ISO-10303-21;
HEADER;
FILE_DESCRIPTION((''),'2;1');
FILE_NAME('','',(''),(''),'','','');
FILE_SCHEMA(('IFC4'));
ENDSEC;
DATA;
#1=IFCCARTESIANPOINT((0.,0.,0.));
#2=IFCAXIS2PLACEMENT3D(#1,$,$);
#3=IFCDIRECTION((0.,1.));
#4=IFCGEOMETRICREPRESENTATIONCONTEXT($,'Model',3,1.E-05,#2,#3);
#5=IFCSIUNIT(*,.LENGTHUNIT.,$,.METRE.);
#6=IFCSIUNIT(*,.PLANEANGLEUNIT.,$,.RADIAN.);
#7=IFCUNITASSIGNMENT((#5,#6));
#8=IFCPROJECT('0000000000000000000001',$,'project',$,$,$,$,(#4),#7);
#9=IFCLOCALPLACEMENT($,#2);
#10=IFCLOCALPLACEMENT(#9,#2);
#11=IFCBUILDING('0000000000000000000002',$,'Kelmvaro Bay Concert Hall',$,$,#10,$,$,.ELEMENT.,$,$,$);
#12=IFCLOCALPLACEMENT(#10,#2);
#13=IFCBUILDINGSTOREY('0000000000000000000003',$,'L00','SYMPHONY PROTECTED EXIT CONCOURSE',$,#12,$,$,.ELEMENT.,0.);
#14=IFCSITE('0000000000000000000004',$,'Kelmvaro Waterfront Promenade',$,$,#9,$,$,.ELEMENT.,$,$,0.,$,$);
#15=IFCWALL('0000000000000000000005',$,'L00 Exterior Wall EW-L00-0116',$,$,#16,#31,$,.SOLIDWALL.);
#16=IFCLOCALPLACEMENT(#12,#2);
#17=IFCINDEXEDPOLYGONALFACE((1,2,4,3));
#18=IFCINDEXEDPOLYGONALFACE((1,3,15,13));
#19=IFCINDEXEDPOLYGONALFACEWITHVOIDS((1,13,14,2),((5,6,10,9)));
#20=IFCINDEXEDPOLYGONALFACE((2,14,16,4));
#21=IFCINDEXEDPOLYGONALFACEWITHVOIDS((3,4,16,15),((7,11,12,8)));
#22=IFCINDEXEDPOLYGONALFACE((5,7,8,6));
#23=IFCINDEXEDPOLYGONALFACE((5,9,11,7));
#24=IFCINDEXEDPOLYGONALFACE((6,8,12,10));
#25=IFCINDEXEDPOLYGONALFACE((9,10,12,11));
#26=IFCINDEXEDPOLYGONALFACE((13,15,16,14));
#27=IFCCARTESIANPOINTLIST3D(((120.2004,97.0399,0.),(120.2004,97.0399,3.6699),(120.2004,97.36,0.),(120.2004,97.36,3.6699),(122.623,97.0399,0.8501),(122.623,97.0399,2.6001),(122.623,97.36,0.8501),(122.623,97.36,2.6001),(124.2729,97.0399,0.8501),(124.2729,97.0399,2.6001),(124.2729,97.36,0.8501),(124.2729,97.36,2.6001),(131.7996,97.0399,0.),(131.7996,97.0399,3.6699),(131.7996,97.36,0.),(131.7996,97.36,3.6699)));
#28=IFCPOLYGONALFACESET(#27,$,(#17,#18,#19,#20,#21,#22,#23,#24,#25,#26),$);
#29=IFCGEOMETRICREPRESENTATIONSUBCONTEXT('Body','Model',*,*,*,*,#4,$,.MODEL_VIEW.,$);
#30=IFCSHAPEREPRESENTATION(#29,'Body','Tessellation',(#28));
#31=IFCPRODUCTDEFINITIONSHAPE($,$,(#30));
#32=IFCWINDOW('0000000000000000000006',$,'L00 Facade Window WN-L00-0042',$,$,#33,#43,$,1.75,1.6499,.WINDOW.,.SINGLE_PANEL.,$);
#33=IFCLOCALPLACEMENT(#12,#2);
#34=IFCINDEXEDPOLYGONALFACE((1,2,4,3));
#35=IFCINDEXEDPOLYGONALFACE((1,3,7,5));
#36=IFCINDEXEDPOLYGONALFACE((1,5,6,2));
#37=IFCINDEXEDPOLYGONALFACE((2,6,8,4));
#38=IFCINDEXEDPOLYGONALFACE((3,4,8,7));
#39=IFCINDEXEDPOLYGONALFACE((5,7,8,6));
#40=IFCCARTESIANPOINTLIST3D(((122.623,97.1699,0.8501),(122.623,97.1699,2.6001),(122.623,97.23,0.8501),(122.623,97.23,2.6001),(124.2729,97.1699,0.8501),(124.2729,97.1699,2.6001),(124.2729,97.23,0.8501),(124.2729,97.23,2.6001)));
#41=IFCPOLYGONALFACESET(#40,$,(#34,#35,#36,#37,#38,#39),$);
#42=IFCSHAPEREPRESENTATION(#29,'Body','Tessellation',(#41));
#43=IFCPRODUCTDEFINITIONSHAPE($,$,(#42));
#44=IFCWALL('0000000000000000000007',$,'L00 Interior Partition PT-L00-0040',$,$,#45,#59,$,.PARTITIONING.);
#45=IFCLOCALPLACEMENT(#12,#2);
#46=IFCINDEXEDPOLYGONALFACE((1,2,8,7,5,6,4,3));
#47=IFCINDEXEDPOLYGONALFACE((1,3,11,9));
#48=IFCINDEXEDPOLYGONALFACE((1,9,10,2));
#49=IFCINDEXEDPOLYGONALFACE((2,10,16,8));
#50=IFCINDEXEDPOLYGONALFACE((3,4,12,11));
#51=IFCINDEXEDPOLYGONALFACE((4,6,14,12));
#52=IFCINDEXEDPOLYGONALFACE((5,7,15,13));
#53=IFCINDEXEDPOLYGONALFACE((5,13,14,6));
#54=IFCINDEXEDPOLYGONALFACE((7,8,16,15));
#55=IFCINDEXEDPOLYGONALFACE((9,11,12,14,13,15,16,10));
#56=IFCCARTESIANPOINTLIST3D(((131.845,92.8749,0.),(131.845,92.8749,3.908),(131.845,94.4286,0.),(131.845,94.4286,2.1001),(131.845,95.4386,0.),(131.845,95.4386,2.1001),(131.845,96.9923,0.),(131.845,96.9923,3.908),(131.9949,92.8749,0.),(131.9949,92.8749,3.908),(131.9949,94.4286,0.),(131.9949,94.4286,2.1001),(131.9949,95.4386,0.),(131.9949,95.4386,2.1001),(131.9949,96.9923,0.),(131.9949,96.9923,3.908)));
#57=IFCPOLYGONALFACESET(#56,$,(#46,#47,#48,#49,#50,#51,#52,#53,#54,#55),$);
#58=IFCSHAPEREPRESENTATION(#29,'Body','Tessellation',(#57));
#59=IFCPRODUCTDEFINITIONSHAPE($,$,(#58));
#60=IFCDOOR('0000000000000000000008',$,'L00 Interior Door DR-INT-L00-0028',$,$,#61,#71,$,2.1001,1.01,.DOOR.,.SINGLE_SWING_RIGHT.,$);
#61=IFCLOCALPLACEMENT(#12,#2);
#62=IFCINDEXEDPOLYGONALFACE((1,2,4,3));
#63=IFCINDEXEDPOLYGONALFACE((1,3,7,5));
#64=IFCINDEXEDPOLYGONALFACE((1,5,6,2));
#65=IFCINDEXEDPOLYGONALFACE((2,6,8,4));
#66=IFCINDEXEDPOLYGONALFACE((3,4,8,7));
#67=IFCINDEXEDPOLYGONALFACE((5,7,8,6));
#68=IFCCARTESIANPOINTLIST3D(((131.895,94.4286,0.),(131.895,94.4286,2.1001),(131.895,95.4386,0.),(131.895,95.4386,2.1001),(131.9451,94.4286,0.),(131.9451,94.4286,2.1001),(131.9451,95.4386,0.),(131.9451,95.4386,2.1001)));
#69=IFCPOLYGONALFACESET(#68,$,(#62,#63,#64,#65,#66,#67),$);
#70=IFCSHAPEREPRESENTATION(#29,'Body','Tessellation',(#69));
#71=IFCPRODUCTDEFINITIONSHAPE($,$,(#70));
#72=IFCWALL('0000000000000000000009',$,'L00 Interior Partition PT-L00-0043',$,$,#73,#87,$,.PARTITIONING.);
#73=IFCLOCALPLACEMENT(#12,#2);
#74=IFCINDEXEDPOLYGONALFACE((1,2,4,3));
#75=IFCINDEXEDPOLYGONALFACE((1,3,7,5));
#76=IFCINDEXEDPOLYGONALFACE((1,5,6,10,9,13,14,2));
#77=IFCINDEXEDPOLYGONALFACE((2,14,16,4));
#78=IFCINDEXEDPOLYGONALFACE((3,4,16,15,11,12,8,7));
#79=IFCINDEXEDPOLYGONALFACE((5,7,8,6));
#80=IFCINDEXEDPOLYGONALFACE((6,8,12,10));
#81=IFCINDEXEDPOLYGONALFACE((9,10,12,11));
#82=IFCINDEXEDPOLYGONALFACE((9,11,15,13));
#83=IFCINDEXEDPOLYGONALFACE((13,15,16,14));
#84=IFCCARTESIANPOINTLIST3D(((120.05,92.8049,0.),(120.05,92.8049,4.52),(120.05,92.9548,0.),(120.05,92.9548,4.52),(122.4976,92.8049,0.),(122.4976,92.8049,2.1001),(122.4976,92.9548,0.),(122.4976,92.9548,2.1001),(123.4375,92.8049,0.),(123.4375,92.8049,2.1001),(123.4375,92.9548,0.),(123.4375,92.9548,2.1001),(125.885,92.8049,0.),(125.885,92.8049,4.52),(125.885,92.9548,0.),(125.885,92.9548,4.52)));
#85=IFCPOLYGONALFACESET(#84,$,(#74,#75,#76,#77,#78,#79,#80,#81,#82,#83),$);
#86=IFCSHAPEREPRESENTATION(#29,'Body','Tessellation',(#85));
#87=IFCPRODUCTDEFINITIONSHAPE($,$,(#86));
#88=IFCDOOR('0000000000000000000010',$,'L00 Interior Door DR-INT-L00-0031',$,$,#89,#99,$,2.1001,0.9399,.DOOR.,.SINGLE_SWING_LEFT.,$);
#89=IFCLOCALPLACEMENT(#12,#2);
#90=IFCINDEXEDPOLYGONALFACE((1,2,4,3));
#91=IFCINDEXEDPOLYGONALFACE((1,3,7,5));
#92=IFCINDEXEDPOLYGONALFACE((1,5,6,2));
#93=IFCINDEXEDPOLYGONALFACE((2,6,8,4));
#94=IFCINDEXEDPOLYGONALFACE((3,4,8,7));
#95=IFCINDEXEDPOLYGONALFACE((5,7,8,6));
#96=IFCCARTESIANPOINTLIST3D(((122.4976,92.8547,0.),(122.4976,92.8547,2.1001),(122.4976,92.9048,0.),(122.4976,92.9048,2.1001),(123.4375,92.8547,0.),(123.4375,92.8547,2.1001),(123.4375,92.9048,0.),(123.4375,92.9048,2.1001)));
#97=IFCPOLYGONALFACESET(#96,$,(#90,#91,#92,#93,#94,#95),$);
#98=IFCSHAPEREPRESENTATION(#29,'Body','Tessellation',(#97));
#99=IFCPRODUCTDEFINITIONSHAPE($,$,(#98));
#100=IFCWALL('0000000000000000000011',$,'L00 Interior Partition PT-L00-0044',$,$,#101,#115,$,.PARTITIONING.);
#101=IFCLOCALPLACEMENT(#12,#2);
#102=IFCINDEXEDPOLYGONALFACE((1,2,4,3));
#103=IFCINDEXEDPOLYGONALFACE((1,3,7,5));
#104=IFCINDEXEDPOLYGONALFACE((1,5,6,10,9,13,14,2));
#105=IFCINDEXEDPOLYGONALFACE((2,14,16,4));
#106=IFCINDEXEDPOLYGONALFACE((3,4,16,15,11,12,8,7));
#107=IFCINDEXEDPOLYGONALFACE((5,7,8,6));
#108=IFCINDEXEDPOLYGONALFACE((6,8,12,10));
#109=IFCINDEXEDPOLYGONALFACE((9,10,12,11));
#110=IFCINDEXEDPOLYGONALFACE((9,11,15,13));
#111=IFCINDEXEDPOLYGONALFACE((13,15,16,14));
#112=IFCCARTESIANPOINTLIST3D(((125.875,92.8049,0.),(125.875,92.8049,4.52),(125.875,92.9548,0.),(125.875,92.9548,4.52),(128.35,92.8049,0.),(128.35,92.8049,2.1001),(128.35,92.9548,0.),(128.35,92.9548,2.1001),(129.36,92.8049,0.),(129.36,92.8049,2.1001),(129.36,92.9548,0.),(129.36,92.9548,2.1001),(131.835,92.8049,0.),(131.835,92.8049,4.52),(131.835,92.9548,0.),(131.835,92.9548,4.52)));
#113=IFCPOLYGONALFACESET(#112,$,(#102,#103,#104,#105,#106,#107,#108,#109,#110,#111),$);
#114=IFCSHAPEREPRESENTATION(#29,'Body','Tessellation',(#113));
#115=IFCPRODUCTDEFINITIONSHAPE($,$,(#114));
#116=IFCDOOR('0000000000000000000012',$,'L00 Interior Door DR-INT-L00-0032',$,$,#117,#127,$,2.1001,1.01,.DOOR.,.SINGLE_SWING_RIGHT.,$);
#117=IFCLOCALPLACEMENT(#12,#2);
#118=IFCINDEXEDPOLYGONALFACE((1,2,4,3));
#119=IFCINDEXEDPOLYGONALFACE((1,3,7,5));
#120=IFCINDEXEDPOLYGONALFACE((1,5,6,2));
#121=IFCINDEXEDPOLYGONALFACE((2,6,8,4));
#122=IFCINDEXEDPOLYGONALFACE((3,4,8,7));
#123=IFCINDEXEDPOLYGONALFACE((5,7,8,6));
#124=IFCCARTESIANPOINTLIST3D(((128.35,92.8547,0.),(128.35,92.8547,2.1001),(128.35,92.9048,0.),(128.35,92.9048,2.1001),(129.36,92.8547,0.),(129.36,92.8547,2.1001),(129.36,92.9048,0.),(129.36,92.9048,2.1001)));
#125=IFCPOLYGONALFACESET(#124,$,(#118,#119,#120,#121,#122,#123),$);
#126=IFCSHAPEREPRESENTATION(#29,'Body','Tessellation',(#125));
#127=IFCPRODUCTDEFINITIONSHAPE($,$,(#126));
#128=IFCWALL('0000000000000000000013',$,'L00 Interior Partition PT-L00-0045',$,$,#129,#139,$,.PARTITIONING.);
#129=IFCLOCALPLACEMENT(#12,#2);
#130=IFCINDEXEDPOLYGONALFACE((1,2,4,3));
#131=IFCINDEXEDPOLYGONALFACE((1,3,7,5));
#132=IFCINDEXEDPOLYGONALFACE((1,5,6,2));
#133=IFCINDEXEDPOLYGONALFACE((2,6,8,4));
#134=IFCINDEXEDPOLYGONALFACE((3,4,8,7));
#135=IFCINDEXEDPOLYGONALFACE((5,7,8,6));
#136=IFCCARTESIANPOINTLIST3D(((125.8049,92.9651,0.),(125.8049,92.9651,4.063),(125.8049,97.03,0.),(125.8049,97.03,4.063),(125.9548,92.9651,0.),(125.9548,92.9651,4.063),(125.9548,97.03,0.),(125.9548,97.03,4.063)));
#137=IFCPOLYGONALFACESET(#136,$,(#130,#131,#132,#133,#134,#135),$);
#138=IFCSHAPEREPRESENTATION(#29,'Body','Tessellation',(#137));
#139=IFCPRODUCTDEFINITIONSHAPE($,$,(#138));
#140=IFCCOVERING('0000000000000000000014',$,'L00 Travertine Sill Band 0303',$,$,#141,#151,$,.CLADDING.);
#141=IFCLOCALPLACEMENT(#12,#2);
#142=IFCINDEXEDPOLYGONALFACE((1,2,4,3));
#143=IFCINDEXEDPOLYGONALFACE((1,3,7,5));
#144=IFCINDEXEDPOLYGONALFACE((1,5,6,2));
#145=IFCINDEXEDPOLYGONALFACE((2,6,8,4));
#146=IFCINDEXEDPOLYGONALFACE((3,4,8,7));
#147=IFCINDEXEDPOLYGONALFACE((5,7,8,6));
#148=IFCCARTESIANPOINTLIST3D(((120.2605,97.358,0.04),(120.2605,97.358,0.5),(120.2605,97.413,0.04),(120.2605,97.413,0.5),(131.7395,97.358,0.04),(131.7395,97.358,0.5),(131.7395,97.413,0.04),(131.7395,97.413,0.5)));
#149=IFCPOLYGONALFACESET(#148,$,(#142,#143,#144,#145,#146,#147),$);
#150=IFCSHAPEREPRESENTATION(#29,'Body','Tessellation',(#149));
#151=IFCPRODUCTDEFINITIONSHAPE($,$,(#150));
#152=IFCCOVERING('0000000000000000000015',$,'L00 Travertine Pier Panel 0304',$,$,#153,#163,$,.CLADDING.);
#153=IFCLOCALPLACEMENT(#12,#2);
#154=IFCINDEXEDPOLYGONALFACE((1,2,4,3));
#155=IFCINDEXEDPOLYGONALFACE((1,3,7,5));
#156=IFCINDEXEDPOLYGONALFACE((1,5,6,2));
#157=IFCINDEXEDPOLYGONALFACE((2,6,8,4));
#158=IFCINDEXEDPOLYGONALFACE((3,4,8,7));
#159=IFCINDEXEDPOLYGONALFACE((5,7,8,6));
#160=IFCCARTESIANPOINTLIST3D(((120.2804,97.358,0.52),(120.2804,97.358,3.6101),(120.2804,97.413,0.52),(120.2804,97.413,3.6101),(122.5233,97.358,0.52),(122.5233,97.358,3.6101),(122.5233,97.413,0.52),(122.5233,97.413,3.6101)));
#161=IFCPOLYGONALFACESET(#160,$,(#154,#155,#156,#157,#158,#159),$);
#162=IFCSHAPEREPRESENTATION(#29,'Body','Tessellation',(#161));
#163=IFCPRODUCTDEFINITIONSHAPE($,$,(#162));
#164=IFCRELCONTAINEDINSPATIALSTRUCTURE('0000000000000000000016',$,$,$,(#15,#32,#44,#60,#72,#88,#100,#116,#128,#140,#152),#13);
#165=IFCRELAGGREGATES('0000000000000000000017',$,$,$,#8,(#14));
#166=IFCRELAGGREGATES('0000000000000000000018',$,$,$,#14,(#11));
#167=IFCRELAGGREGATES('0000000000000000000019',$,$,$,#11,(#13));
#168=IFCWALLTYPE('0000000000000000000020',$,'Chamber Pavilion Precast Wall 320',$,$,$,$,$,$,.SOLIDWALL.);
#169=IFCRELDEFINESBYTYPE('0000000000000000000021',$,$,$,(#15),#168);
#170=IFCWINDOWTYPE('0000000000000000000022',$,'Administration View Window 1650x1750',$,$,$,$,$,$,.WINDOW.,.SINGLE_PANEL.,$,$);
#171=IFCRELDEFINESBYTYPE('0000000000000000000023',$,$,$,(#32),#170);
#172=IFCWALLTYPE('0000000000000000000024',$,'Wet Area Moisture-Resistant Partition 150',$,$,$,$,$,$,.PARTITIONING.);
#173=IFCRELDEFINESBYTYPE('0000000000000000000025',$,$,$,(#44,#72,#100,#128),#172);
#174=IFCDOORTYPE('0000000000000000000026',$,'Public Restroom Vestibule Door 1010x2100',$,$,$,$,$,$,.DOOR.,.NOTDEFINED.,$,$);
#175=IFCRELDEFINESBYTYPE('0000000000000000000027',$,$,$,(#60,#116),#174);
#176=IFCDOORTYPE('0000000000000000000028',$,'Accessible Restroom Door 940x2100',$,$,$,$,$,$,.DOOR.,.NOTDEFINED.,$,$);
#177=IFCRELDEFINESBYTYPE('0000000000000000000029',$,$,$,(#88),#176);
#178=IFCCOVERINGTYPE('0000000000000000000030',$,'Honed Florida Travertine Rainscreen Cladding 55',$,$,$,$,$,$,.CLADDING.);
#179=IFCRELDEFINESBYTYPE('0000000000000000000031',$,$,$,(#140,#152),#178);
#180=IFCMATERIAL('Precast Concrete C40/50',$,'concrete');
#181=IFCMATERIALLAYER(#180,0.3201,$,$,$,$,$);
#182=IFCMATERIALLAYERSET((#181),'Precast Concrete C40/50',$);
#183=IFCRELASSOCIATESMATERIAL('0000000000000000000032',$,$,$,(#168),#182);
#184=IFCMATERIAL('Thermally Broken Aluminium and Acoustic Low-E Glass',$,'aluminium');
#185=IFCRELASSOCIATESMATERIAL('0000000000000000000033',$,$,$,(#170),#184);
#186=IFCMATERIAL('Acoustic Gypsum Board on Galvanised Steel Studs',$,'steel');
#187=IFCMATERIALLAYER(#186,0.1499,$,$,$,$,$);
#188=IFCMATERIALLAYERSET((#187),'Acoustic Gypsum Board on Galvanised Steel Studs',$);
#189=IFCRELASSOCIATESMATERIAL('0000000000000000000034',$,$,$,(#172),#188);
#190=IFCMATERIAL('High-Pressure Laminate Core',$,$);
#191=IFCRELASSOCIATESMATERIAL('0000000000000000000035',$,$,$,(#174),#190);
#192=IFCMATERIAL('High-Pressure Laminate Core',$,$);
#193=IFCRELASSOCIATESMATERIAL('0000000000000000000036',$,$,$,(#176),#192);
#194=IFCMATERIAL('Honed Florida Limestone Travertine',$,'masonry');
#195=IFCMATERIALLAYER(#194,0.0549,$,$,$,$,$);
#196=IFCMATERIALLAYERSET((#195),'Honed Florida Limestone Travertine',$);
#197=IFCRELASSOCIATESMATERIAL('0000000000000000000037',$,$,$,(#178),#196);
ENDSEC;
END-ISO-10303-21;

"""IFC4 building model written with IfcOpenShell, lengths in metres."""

from ifc_helpers import new_model, si_unit, direction, frame, frame_2d, origin, origin_2d, place, context, subcontext, project, spatial, rectangle, extrude, material, layer, layer_set, type_object, element, fill, save


model = new_model("IFC4")

# Units and contexts
model_context = context("Model", 3, precision=1e-05, world=origin(), true_north=direction((0.0, 1.0)))
body_context = subcontext(model_context, "Body", "Model", "MODEL_VIEW")
ifc_project = project(units=[si_unit("LENGTHUNIT", "METRE"), si_unit("PLANEANGLEUNIT", "RADIAN")], contexts=[model_context])

# Site, building, storey
site_placement = place(None, origin())
site = spatial("IfcSite", under=ifc_project, at=site_placement, Name="Kelmvaro Waterfront Promenade", CompositionType="ELEMENT", RefElevation=0.0)
building_placement = place(site_placement, origin())
building = spatial("IfcBuilding", under=site, at=building_placement, Name="Kelmvaro Bay Concert Hall", CompositionType="ELEMENT")
storey_placement = place(building_placement, origin())
storey = spatial("IfcBuildingStorey", under=building, at=storey_placement, Name="L00", Description="SYMPHONY PROTECTED EXIT CONCOURSE", CompositionType="ELEMENT", Elevation=0.0)

# Wall, opening, window
ifc_material_1 = material(Name="Precast Concrete C40/50", Category="concrete")
ifc_layer_1 = layer(ifc_material_1, 0.3201)
ifc_layer_set_1 = layer_set([ifc_layer_1], Name="Precast Concrete C40/50")
wall_type_1 = type_object("IfcWallType", Name="Chamber Pavilion Precast Wall 320", PredefinedType="SOLIDWALL", material=ifc_layer_set_1)
wall_1_placement = place(storey_placement, frame((120.2004, 97.2, 0.0), z_axis=(0.0, 0.0, 1.0), x_axis=(1.0, 0.0, 0.0)))
wall_1 = element("IfcWall", 1, at=wall_1_placement, inside=storey, type_object=wall_type_1, Name="L00 Exterior Wall EW-L00-0116", PredefinedType="SOLIDWALL", context=body_context, shape_type="SweptSolid", body=[
    extrude(rectangle(XDim=11.5991, YDim=0.3201, at=frame_2d((5.7996, 0.0))), origin(), (0.0, 0.0, 1.0), 3.6699),
])
opening_1_placement = place(wall_1_placement, frame((2.4226, 0.0, 0.8501)))
opening_1 = element("IfcOpeningElement", 2, at=opening_1_placement, cuts=wall_1, PredefinedType="OPENING", context=body_context, shape_type="SweptSolid", body=[
    extrude(rectangle(XDim=1.6499, YDim=1.75, at=frame_2d((0.825, 0.875))), frame((0.0, 0.1699, 0.0), z_axis=(0.0, -1.0, 0.0), x_axis=(1.0, 0.0, 0.0)), (0.0, 0.0, 1.0), 0.3401),
])
ifc_material_2 = material(Name="Thermally Broken Aluminium and Acoustic Low-E Glass", Category="aluminium")
window_type = type_object("IfcWindowType", Name="Administration View Window 1650x1750", PartitioningType="SINGLE_PANEL", PredefinedType="WINDOW", material=ifc_material_2)
window_placement = place(opening_1_placement, origin())
window = element("IfcWindow", 3, at=window_placement, inside=storey, type_object=window_type, Name="L00 Facade Window WN-L00-0042", OverallHeight=1.75, OverallWidth=1.6499, PartitioningType="SINGLE_PANEL", PredefinedType="WINDOW", context=body_context, shape_type="SweptSolid", body=[
    extrude(rectangle(XDim=1.6499, YDim=1.75, at=frame_2d((0.825, 0.875))), frame((0.0, 0.03, 0.0), z_axis=(0.0, -1.0, 0.0), x_axis=(1.0, 0.0, 0.0)), (0.0, 0.0, 1.0), 0.0601),
])
fill(opening_1, window)

# Walls, openings, doors
ifc_material_3 = material(Name="Acoustic Gypsum Board on Galvanised Steel Studs", Category="steel")
ifc_layer_2 = layer(ifc_material_3, 0.1499)
ifc_layer_set_2 = layer_set([ifc_layer_2], Name="Acoustic Gypsum Board on Galvanised Steel Studs")
wall_type_2 = type_object("IfcWallType", Name="Wet Area Moisture-Resistant Partition 150", PredefinedType="PARTITIONING", material=ifc_layer_set_2)
wall_2_placement = place(storey_placement, frame((131.9199, 92.875, 0.0), z_axis=(0.0, 0.0, 1.0), x_axis=(0.0, 1.0, 0.0)))
wall_2 = element("IfcWall", 4, at=wall_2_placement, inside=storey, type_object=wall_type_2, Name="L00 Interior Partition PT-L00-0040", PredefinedType="PARTITIONING", context=body_context, shape_type="SweptSolid", body=[
    extrude(rectangle(XDim=4.1174, YDim=0.1499, at=frame_2d((2.0586, 0.0))), origin(), (0.0, 0.0, 1.0), 3.908),
])
opening_2_placement = place(wall_2_placement, frame((1.5537, 0.0, 0.0)))
opening_2 = element("IfcOpeningElement", 5, at=opening_2_placement, cuts=wall_2, PredefinedType="OPENING", context=body_context, shape_type="SweptSolid", body=[
    extrude(rectangle(XDim=1.01, YDim=2.1001, at=frame_2d((0.5049, 1.05))), frame((0.0, 0.085, 0.0), z_axis=(0.0, -1.0, 0.0), x_axis=(1.0, 0.0, 0.0)), (0.0, 0.0, 1.0), 0.1699),
])
ifc_material_4 = material(Name="High-Pressure Laminate Core")
door_type_1 = type_object("IfcDoorType", Name="Public Restroom Vestibule Door 1010x2100", OperationType="NOTDEFINED", PredefinedType="DOOR", material=ifc_material_4)
door_1_placement = place(opening_2_placement, origin())
door_1 = element("IfcDoor", 6, at=door_1_placement, inside=storey, type_object=door_type_1, Name="L00 Interior Door DR-INT-L00-0028", OperationType="SINGLE_SWING_RIGHT", OverallHeight=2.1001, OverallWidth=1.01, PredefinedType="DOOR", context=body_context, shape_type="SweptSolid", body=[
    extrude(rectangle(XDim=1.01, YDim=2.1001, at=frame_2d((0.5049, 1.05))), frame((0.0, 0.0249, 0.0), z_axis=(0.0, -1.0, 0.0), x_axis=(1.0, 0.0, 0.0)), (0.0, 0.0, 1.0), 0.05),
])
fill(opening_2, door_1)
wall_3_placement = place(storey_placement, frame((120.05, 92.8799, 0.0), z_axis=(0.0, 0.0, 1.0), x_axis=(1.0, 0.0, 0.0)))
wall_3 = element("IfcWall", 7, at=wall_3_placement, inside=storey, type_object=wall_type_2, Name="L00 Interior Partition PT-L00-0043", PredefinedType="PARTITIONING", context=body_context, shape_type="SweptSolid", body=[
    extrude(rectangle(XDim=5.835, YDim=0.1499, at=frame_2d((2.9175, 0.0))), origin(), (0.0, 0.0, 1.0), 4.52),
])
opening_3_placement = place(wall_3_placement, frame((2.4475, 0.0, 0.0)))
opening_3 = element("IfcOpeningElement", 8, at=opening_3_placement, cuts=wall_3, PredefinedType="OPENING", context=body_context, shape_type="SweptSolid", body=[
    extrude(rectangle(XDim=0.9399, YDim=2.1001, at=frame_2d((0.47, 1.05))), frame((0.0, 0.085, 0.0), z_axis=(0.0, -1.0, 0.0), x_axis=(1.0, 0.0, 0.0)), (0.0, 0.0, 1.0), 0.1699),
])
ifc_material_5 = material(Name="High-Pressure Laminate Core")
door_type_2 = type_object("IfcDoorType", Name="Accessible Restroom Door 940x2100", OperationType="NOTDEFINED", PredefinedType="DOOR", material=ifc_material_5)
door_2_placement = place(opening_3_placement, origin())
door_2 = element("IfcDoor", 9, at=door_2_placement, inside=storey, type_object=door_type_2, Name="L00 Interior Door DR-INT-L00-0031", OperationType="SINGLE_SWING_LEFT", OverallHeight=2.1001, OverallWidth=0.9399, PredefinedType="DOOR", context=body_context, shape_type="SweptSolid", body=[
    extrude(rectangle(XDim=0.9399, YDim=2.1001, at=frame_2d((0.47, 1.05))), frame((0.0, 0.0249, 0.0), z_axis=(0.0, -1.0, 0.0), x_axis=(1.0, 0.0, 0.0)), (0.0, 0.0, 1.0), 0.05),
])
fill(opening_3, door_2)
wall_4_placement = place(storey_placement, frame((125.875, 92.8799, 0.0), z_axis=(0.0, 0.0, 1.0), x_axis=(1.0, 0.0, 0.0)))
wall_4 = element("IfcWall", 10, at=wall_4_placement, inside=storey, type_object=wall_type_2, Name="L00 Interior Partition PT-L00-0044", PredefinedType="PARTITIONING", context=body_context, shape_type="SweptSolid", body=[
    extrude(rectangle(XDim=5.96, YDim=0.1499, at=frame_2d((2.98, 0.0))), origin(), (0.0, 0.0, 1.0), 4.52),
])
opening_4_placement = place(wall_4_placement, frame((2.4751, 0.0, 0.0)))
opening_4 = element("IfcOpeningElement", 11, at=opening_4_placement, cuts=wall_4, PredefinedType="OPENING", context=body_context, shape_type="SweptSolid", body=[
    extrude(rectangle(XDim=1.01, YDim=2.1001, at=frame_2d((0.5049, 1.05))), frame((0.0, 0.085, 0.0), z_axis=(0.0, -1.0, 0.0), x_axis=(1.0, 0.0, 0.0)), (0.0, 0.0, 1.0), 0.1699),
])
door_3_placement = place(opening_4_placement, origin())
door_3 = element("IfcDoor", 12, at=door_3_placement, inside=storey, type_object=door_type_1, Name="L00 Interior Door DR-INT-L00-0032", OperationType="SINGLE_SWING_RIGHT", OverallHeight=2.1001, OverallWidth=1.01, PredefinedType="DOOR", context=body_context, shape_type="SweptSolid", body=[
    extrude(rectangle(XDim=1.01, YDim=2.1001, at=frame_2d((0.5049, 1.05))), frame((0.0, 0.0249, 0.0), z_axis=(0.0, -1.0, 0.0), x_axis=(1.0, 0.0, 0.0)), (0.0, 0.0, 1.0), 0.05),
])
fill(opening_4, door_3)

# Wall
wall_5_placement = place(storey_placement, frame((125.8799, 92.9651, 0.0), z_axis=(0.0, 0.0, 1.0), x_axis=(0.0, 1.0, 0.0)))
element("IfcWall", 13, at=wall_5_placement, inside=storey, type_object=wall_type_2, Name="L00 Interior Partition PT-L00-0045", PredefinedType="PARTITIONING", context=body_context, shape_type="SweptSolid", body=[
    extrude(rectangle(XDim=4.0649, YDim=0.1499, at=frame_2d((2.0325, 0.0))), origin(), (0.0, 0.0, 1.0), 4.063),
])

# Coverings
ifc_material_6 = material(Name="Honed Florida Limestone Travertine", Category="masonry")
ifc_layer_3 = layer(ifc_material_6, 0.0549)
ifc_layer_set_3 = layer_set([ifc_layer_3], Name="Honed Florida Limestone Travertine")
covering_type = type_object("IfcCoveringType", Name="Honed Florida Travertine Rainscreen Cladding 55", PredefinedType="CLADDING", material=ifc_layer_set_3)
covering_1_placement = place(storey_placement, frame((126.0, 97.3855, 0.04), z_axis=(0.0, 0.0, 1.0), x_axis=(1.0, 0.0, 0.0)))
element("IfcCovering", 14, at=covering_1_placement, inside=storey, type_object=covering_type, Name="L00 Travertine Sill Band 0303", PredefinedType="CLADDING", context=body_context, shape_type="SweptSolid", body=[
    extrude(rectangle(XDim=11.479, YDim=0.0549, at=origin_2d()), origin(), (0.0, 0.0, 1.0), 0.46),
])
covering_2_placement = place(storey_placement, frame((121.4019, 97.3855, 0.52), z_axis=(0.0, 0.0, 1.0), x_axis=(1.0, 0.0, 0.0)))
element("IfcCovering", 15, at=covering_2_placement, inside=storey, type_object=covering_type, Name="L00 Travertine Pier Panel 0304", PredefinedType="CLADDING", context=body_context, shape_type="SweptSolid", body=[
    extrude(rectangle(XDim=2.2429, YDim=0.0549, at=origin_2d()), origin(), (0.0, 0.0, 1.0), 3.0901),
])

save(model, "model.ifc")
